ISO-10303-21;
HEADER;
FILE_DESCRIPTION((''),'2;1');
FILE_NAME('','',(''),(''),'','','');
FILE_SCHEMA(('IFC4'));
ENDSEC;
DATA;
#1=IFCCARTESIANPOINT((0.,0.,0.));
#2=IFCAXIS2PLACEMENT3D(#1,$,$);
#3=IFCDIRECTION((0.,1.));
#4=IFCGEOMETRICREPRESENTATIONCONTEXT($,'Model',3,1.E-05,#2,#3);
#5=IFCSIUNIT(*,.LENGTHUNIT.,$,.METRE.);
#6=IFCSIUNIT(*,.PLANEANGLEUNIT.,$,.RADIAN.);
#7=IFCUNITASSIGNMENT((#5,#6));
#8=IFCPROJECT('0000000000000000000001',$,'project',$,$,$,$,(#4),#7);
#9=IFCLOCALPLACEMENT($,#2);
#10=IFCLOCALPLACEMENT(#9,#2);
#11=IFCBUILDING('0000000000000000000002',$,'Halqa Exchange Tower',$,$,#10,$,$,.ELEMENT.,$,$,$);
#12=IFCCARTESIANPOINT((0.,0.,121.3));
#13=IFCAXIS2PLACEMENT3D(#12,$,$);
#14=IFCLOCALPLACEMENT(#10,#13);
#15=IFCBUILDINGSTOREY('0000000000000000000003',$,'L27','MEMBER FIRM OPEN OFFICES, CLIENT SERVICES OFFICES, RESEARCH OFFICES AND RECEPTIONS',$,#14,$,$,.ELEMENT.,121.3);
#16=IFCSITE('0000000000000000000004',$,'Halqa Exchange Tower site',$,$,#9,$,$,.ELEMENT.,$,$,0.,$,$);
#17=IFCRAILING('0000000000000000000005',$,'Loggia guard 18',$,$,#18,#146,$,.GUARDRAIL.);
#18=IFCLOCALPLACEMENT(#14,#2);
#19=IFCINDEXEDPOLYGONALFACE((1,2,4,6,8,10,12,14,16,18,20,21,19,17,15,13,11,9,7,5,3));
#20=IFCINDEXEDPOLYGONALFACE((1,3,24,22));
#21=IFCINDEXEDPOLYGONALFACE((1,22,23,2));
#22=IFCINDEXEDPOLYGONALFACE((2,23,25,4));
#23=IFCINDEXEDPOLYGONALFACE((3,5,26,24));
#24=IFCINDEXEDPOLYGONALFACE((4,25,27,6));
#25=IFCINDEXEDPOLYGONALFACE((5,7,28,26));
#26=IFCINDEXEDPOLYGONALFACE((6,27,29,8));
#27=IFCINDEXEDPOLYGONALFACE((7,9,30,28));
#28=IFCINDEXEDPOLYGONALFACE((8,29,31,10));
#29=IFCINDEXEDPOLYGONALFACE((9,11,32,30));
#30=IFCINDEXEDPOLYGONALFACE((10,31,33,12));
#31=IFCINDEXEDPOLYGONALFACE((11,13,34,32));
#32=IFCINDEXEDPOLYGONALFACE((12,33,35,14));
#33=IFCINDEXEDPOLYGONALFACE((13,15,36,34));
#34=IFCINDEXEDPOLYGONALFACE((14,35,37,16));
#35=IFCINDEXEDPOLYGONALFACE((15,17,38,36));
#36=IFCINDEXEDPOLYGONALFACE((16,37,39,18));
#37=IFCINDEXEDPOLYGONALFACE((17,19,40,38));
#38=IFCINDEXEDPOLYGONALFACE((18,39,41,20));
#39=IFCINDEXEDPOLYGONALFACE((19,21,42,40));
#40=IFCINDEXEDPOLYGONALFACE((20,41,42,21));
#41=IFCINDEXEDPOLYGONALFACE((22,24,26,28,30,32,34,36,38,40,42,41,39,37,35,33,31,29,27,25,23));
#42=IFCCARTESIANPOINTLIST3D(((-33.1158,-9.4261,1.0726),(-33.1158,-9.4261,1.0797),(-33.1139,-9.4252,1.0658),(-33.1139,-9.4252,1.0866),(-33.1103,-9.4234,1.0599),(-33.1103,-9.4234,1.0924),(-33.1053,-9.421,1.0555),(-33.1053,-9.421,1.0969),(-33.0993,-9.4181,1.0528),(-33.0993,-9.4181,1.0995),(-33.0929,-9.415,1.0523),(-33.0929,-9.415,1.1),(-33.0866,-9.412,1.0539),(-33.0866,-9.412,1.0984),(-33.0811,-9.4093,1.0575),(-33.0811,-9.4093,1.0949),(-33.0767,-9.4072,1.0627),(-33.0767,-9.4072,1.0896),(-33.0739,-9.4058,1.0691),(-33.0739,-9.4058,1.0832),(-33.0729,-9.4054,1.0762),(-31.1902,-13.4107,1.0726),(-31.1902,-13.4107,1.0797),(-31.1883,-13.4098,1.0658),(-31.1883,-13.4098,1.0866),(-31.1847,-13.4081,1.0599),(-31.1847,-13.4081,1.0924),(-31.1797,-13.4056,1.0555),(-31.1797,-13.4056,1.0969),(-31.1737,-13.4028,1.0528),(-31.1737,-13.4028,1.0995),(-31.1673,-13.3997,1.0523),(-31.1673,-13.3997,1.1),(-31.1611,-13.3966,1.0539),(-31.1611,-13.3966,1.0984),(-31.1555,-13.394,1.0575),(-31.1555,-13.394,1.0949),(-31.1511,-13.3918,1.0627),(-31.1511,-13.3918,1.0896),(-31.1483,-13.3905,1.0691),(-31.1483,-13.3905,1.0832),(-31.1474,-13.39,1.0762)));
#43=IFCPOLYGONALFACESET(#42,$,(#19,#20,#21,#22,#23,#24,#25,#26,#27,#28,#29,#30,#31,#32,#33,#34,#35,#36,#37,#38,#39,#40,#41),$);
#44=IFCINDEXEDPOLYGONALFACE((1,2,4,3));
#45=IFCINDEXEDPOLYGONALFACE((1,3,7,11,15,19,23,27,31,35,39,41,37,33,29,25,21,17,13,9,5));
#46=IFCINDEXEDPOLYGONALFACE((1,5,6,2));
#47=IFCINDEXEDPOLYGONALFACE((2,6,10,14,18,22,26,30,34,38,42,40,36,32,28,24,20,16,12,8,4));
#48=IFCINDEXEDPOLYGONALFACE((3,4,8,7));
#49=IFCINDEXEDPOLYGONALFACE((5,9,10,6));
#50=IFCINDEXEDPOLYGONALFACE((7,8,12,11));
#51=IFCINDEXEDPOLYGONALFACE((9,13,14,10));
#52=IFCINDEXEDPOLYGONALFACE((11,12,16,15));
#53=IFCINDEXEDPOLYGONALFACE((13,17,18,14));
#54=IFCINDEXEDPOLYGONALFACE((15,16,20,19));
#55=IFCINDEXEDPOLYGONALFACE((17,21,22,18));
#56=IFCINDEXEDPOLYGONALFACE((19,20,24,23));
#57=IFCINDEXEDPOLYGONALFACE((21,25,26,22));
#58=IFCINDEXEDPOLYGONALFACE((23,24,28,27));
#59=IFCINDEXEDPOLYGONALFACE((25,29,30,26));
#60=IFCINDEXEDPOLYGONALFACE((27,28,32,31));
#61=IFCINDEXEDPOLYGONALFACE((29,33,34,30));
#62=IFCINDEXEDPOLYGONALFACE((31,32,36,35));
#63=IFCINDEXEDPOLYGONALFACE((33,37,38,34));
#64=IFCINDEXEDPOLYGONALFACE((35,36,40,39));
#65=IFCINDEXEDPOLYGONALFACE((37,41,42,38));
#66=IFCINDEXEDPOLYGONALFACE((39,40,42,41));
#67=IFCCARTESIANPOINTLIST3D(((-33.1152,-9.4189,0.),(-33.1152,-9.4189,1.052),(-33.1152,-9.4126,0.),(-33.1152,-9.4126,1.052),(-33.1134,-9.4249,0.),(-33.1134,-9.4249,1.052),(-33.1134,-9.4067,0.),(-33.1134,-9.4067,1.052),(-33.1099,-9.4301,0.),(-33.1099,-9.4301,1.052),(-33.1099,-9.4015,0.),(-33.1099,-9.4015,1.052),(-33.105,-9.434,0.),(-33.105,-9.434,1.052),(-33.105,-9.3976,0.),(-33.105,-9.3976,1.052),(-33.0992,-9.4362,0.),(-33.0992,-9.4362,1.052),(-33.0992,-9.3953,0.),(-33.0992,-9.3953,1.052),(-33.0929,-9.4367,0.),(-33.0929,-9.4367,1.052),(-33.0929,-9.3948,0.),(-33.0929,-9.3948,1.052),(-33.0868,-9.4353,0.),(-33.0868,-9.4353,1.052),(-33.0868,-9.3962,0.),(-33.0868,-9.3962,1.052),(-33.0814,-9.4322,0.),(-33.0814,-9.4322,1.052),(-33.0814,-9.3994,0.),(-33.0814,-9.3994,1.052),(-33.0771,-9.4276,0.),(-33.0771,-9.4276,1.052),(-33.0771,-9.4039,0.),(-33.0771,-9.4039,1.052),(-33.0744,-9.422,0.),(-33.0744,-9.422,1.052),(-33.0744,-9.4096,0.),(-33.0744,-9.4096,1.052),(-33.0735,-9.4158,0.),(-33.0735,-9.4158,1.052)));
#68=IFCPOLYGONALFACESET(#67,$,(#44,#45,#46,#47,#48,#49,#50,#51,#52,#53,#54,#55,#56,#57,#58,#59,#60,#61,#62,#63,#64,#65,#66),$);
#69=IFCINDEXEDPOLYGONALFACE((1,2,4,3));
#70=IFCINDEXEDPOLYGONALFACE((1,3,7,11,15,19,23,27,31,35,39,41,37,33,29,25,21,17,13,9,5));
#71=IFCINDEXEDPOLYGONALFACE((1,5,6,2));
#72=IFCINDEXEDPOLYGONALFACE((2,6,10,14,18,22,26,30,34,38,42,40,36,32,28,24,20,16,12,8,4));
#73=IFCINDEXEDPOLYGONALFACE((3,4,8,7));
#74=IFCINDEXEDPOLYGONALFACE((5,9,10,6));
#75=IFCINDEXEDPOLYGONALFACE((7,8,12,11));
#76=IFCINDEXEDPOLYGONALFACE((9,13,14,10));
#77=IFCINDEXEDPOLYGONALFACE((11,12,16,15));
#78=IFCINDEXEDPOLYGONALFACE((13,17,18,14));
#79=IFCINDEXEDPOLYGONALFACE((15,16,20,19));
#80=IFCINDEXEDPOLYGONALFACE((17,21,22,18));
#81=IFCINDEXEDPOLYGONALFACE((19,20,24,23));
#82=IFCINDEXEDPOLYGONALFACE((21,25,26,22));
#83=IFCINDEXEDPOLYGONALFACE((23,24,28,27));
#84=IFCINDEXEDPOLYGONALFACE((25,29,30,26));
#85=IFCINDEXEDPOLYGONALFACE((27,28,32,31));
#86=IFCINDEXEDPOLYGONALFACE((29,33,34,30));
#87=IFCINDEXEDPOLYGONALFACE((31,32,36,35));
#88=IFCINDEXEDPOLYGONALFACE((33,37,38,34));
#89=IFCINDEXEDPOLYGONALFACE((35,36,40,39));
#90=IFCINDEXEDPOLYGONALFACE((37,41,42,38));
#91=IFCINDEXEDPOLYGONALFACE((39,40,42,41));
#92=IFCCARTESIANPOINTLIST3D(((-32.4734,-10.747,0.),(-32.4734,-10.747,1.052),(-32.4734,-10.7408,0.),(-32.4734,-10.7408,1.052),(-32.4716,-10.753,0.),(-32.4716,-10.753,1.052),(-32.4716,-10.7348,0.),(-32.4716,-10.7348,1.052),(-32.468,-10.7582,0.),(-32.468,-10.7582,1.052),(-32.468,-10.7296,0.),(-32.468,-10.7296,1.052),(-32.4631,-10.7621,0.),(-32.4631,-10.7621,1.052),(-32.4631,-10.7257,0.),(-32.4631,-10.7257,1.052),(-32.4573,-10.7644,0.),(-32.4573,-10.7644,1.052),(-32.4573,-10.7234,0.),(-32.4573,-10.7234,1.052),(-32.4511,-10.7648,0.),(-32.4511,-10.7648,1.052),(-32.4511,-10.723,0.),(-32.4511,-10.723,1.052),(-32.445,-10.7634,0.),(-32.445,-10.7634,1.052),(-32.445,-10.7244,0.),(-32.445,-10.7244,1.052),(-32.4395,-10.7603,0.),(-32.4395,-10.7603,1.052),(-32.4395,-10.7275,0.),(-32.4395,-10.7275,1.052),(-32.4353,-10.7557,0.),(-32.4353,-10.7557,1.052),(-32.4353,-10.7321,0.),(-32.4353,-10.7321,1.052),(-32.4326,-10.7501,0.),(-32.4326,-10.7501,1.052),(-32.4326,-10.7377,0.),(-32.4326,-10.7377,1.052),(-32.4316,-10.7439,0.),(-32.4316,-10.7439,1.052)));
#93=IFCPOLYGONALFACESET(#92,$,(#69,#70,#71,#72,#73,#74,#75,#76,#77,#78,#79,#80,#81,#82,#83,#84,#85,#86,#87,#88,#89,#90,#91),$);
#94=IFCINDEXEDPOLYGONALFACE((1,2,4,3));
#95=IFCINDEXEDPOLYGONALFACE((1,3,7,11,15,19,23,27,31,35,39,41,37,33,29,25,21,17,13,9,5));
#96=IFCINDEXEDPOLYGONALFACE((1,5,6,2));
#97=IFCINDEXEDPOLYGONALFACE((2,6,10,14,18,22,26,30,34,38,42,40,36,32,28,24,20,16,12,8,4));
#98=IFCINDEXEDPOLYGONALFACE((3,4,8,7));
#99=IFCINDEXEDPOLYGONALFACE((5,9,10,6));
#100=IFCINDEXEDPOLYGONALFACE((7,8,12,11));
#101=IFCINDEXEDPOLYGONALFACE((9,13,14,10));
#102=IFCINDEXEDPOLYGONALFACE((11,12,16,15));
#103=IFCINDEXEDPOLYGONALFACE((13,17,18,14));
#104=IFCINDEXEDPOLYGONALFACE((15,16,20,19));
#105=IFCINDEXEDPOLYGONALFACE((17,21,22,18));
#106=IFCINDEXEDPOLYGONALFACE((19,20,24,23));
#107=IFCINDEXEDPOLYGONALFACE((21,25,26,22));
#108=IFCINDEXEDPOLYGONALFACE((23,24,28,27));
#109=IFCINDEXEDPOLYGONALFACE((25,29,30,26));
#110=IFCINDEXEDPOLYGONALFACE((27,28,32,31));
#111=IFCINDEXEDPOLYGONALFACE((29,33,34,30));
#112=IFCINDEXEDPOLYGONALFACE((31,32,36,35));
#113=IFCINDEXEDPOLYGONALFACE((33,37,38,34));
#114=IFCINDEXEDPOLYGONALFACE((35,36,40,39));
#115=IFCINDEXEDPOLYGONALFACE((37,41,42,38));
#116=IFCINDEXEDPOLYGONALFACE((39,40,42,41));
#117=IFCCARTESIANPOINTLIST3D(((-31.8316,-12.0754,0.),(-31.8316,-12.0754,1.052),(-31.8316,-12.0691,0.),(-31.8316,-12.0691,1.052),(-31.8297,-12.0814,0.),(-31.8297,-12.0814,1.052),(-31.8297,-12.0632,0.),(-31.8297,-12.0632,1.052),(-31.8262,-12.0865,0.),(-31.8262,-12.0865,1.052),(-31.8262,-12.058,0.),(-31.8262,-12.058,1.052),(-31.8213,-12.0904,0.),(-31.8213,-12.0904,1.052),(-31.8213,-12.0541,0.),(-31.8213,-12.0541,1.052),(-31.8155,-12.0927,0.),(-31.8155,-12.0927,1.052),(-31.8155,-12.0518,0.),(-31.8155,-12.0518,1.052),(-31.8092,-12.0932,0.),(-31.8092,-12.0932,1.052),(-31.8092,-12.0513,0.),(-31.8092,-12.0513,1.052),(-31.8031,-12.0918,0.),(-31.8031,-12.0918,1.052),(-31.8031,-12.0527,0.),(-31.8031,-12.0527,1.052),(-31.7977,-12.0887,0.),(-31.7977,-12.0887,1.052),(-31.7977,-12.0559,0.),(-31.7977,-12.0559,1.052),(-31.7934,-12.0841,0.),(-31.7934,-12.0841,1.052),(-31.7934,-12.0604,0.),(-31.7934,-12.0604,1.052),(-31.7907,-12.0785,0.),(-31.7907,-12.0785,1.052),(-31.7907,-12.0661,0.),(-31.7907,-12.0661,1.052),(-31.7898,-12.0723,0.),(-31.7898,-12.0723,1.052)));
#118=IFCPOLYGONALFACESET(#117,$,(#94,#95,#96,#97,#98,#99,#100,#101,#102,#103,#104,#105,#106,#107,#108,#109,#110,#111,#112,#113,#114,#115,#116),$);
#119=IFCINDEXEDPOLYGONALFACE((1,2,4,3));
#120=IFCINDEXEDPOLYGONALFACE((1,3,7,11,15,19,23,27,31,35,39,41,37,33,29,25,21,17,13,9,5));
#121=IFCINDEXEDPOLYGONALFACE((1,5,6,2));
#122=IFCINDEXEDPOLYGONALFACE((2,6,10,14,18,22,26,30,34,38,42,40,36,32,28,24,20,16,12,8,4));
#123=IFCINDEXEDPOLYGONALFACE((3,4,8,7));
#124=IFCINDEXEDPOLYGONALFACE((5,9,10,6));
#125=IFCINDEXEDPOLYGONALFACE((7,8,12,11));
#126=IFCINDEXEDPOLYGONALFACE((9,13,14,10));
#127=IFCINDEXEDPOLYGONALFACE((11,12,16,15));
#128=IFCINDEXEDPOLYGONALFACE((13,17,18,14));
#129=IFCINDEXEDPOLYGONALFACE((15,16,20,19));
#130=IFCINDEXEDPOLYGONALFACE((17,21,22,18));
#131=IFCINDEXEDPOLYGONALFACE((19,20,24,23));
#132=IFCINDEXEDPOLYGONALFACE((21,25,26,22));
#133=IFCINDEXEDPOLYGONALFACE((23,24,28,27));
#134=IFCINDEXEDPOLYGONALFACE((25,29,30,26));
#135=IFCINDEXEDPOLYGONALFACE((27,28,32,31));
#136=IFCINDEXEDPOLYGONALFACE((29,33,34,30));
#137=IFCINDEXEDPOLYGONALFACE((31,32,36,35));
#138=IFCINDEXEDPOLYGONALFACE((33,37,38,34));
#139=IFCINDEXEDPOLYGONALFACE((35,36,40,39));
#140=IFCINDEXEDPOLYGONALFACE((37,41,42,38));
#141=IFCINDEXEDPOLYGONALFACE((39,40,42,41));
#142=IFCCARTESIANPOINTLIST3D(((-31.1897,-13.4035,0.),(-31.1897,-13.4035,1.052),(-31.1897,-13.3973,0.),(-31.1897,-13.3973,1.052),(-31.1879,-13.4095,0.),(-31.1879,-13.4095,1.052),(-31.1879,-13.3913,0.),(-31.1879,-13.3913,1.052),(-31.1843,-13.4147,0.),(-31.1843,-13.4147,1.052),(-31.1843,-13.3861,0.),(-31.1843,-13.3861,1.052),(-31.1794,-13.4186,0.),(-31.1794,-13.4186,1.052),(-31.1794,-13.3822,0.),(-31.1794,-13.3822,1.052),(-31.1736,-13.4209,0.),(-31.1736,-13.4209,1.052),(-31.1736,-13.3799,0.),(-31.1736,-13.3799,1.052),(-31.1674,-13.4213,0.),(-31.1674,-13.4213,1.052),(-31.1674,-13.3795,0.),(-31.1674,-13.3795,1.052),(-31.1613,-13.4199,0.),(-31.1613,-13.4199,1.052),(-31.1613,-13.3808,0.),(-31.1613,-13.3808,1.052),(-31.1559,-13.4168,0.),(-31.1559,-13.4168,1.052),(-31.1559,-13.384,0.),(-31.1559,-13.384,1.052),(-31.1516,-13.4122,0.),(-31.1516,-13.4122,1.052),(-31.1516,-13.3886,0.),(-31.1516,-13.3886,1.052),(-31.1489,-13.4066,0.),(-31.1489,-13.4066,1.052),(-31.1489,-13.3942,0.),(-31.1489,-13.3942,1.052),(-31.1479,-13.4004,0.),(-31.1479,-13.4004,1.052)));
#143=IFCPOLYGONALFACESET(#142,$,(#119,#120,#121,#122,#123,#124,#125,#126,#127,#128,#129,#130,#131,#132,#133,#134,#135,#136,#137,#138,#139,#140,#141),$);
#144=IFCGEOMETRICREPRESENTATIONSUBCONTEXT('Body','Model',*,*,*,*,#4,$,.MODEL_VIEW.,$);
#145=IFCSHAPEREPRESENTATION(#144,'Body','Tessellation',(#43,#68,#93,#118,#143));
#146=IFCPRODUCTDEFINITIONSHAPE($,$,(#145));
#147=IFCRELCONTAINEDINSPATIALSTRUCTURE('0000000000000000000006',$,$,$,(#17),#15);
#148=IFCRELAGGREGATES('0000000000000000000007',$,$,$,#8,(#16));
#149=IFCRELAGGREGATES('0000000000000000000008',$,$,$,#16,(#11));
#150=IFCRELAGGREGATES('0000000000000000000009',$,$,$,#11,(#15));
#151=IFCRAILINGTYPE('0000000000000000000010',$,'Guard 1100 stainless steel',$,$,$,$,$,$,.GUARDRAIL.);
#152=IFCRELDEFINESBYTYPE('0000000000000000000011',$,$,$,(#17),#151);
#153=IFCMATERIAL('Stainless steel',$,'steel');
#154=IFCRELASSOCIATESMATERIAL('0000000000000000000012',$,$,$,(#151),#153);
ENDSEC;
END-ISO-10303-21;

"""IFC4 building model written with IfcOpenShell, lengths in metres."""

from ifc_helpers import new_model, si_unit, direction, frame, origin, origin_2d, place, context, subcontext, project, spatial, circle, extrude, material, type_object, element, save


model = new_model("IFC4")

# Units and contexts
model_context = context("Model", 3, precision=1e-05, world=origin(), true_north=direction((0.0, 1.0)))
body_context = subcontext(model_context, "Body", "Model", "MODEL_VIEW")
ifc_project = project(units=[si_unit("LENGTHUNIT", "METRE"), si_unit("PLANEANGLEUNIT", "RADIAN")], contexts=[model_context])

# Site, building, storey
site_placement = place(None, origin())
site = spatial("IfcSite", under=ifc_project, at=site_placement, Name="Halqa Exchange Tower site", CompositionType="ELEMENT", RefElevation=0.0)
building_placement = place(site_placement, origin())
building = spatial("IfcBuilding", under=site, at=building_placement, Name="Halqa Exchange Tower", CompositionType="ELEMENT")
storey_placement = place(building_placement, frame((0.0, 0.0, 121.3)))
storey = spatial("IfcBuildingStorey", under=building, at=storey_placement, Name="L27", Description="MEMBER FIRM OPEN OFFICES, CLIENT SERVICES OFFICES, RESEARCH OFFICES AND RECEPTIONS", CompositionType="ELEMENT", Elevation=121.3)

# Railing
ifc_material_1 = material(Name="Stainless steel", Category="steel")
railing_type = type_object("IfcRailingType", Name="Guard 1100 stainless steel", PredefinedType="GUARDRAIL", material=ifc_material_1)
railing_1_placement = place(storey_placement, frame((-33.0945, -9.4158, 0.0)))
element("IfcRailing", 1, at=railing_1_placement, inside=storey, type_object=railing_type, Name="Loggia guard 18", PredefinedType="GUARDRAIL", context=body_context, shape_type="SweptSolid", body=[
    extrude(circle(Radius=0.0239, at=origin_2d()), frame((0.0, 0.0, 1.0762), z_axis=(0.435102, -0.900381, 0.0), x_axis=(0.900381, 0.435102, 0.0)), (0.0, 0.0, 1.0), 4.4255),
    extrude(circle(Radius=0.021, at=origin_2d()), origin(), (0.0, 0.0, 1.0), 1.052),
    extrude(circle(Radius=0.021, at=origin_2d()), frame((0.6418, -1.3281, 0.0)), (0.0, 0.0, 1.0), 1.052),
    extrude(circle(Radius=0.021, at=origin_2d()), frame((1.2837, -2.6565, 0.0)), (0.0, 0.0, 1.0), 1.052),
    extrude(circle(Radius=0.021, at=origin_2d()), frame((1.9255, -3.9846, 0.0)), (0.0, 0.0, 1.0), 1.052),
])

save(model, "model.ifc")
